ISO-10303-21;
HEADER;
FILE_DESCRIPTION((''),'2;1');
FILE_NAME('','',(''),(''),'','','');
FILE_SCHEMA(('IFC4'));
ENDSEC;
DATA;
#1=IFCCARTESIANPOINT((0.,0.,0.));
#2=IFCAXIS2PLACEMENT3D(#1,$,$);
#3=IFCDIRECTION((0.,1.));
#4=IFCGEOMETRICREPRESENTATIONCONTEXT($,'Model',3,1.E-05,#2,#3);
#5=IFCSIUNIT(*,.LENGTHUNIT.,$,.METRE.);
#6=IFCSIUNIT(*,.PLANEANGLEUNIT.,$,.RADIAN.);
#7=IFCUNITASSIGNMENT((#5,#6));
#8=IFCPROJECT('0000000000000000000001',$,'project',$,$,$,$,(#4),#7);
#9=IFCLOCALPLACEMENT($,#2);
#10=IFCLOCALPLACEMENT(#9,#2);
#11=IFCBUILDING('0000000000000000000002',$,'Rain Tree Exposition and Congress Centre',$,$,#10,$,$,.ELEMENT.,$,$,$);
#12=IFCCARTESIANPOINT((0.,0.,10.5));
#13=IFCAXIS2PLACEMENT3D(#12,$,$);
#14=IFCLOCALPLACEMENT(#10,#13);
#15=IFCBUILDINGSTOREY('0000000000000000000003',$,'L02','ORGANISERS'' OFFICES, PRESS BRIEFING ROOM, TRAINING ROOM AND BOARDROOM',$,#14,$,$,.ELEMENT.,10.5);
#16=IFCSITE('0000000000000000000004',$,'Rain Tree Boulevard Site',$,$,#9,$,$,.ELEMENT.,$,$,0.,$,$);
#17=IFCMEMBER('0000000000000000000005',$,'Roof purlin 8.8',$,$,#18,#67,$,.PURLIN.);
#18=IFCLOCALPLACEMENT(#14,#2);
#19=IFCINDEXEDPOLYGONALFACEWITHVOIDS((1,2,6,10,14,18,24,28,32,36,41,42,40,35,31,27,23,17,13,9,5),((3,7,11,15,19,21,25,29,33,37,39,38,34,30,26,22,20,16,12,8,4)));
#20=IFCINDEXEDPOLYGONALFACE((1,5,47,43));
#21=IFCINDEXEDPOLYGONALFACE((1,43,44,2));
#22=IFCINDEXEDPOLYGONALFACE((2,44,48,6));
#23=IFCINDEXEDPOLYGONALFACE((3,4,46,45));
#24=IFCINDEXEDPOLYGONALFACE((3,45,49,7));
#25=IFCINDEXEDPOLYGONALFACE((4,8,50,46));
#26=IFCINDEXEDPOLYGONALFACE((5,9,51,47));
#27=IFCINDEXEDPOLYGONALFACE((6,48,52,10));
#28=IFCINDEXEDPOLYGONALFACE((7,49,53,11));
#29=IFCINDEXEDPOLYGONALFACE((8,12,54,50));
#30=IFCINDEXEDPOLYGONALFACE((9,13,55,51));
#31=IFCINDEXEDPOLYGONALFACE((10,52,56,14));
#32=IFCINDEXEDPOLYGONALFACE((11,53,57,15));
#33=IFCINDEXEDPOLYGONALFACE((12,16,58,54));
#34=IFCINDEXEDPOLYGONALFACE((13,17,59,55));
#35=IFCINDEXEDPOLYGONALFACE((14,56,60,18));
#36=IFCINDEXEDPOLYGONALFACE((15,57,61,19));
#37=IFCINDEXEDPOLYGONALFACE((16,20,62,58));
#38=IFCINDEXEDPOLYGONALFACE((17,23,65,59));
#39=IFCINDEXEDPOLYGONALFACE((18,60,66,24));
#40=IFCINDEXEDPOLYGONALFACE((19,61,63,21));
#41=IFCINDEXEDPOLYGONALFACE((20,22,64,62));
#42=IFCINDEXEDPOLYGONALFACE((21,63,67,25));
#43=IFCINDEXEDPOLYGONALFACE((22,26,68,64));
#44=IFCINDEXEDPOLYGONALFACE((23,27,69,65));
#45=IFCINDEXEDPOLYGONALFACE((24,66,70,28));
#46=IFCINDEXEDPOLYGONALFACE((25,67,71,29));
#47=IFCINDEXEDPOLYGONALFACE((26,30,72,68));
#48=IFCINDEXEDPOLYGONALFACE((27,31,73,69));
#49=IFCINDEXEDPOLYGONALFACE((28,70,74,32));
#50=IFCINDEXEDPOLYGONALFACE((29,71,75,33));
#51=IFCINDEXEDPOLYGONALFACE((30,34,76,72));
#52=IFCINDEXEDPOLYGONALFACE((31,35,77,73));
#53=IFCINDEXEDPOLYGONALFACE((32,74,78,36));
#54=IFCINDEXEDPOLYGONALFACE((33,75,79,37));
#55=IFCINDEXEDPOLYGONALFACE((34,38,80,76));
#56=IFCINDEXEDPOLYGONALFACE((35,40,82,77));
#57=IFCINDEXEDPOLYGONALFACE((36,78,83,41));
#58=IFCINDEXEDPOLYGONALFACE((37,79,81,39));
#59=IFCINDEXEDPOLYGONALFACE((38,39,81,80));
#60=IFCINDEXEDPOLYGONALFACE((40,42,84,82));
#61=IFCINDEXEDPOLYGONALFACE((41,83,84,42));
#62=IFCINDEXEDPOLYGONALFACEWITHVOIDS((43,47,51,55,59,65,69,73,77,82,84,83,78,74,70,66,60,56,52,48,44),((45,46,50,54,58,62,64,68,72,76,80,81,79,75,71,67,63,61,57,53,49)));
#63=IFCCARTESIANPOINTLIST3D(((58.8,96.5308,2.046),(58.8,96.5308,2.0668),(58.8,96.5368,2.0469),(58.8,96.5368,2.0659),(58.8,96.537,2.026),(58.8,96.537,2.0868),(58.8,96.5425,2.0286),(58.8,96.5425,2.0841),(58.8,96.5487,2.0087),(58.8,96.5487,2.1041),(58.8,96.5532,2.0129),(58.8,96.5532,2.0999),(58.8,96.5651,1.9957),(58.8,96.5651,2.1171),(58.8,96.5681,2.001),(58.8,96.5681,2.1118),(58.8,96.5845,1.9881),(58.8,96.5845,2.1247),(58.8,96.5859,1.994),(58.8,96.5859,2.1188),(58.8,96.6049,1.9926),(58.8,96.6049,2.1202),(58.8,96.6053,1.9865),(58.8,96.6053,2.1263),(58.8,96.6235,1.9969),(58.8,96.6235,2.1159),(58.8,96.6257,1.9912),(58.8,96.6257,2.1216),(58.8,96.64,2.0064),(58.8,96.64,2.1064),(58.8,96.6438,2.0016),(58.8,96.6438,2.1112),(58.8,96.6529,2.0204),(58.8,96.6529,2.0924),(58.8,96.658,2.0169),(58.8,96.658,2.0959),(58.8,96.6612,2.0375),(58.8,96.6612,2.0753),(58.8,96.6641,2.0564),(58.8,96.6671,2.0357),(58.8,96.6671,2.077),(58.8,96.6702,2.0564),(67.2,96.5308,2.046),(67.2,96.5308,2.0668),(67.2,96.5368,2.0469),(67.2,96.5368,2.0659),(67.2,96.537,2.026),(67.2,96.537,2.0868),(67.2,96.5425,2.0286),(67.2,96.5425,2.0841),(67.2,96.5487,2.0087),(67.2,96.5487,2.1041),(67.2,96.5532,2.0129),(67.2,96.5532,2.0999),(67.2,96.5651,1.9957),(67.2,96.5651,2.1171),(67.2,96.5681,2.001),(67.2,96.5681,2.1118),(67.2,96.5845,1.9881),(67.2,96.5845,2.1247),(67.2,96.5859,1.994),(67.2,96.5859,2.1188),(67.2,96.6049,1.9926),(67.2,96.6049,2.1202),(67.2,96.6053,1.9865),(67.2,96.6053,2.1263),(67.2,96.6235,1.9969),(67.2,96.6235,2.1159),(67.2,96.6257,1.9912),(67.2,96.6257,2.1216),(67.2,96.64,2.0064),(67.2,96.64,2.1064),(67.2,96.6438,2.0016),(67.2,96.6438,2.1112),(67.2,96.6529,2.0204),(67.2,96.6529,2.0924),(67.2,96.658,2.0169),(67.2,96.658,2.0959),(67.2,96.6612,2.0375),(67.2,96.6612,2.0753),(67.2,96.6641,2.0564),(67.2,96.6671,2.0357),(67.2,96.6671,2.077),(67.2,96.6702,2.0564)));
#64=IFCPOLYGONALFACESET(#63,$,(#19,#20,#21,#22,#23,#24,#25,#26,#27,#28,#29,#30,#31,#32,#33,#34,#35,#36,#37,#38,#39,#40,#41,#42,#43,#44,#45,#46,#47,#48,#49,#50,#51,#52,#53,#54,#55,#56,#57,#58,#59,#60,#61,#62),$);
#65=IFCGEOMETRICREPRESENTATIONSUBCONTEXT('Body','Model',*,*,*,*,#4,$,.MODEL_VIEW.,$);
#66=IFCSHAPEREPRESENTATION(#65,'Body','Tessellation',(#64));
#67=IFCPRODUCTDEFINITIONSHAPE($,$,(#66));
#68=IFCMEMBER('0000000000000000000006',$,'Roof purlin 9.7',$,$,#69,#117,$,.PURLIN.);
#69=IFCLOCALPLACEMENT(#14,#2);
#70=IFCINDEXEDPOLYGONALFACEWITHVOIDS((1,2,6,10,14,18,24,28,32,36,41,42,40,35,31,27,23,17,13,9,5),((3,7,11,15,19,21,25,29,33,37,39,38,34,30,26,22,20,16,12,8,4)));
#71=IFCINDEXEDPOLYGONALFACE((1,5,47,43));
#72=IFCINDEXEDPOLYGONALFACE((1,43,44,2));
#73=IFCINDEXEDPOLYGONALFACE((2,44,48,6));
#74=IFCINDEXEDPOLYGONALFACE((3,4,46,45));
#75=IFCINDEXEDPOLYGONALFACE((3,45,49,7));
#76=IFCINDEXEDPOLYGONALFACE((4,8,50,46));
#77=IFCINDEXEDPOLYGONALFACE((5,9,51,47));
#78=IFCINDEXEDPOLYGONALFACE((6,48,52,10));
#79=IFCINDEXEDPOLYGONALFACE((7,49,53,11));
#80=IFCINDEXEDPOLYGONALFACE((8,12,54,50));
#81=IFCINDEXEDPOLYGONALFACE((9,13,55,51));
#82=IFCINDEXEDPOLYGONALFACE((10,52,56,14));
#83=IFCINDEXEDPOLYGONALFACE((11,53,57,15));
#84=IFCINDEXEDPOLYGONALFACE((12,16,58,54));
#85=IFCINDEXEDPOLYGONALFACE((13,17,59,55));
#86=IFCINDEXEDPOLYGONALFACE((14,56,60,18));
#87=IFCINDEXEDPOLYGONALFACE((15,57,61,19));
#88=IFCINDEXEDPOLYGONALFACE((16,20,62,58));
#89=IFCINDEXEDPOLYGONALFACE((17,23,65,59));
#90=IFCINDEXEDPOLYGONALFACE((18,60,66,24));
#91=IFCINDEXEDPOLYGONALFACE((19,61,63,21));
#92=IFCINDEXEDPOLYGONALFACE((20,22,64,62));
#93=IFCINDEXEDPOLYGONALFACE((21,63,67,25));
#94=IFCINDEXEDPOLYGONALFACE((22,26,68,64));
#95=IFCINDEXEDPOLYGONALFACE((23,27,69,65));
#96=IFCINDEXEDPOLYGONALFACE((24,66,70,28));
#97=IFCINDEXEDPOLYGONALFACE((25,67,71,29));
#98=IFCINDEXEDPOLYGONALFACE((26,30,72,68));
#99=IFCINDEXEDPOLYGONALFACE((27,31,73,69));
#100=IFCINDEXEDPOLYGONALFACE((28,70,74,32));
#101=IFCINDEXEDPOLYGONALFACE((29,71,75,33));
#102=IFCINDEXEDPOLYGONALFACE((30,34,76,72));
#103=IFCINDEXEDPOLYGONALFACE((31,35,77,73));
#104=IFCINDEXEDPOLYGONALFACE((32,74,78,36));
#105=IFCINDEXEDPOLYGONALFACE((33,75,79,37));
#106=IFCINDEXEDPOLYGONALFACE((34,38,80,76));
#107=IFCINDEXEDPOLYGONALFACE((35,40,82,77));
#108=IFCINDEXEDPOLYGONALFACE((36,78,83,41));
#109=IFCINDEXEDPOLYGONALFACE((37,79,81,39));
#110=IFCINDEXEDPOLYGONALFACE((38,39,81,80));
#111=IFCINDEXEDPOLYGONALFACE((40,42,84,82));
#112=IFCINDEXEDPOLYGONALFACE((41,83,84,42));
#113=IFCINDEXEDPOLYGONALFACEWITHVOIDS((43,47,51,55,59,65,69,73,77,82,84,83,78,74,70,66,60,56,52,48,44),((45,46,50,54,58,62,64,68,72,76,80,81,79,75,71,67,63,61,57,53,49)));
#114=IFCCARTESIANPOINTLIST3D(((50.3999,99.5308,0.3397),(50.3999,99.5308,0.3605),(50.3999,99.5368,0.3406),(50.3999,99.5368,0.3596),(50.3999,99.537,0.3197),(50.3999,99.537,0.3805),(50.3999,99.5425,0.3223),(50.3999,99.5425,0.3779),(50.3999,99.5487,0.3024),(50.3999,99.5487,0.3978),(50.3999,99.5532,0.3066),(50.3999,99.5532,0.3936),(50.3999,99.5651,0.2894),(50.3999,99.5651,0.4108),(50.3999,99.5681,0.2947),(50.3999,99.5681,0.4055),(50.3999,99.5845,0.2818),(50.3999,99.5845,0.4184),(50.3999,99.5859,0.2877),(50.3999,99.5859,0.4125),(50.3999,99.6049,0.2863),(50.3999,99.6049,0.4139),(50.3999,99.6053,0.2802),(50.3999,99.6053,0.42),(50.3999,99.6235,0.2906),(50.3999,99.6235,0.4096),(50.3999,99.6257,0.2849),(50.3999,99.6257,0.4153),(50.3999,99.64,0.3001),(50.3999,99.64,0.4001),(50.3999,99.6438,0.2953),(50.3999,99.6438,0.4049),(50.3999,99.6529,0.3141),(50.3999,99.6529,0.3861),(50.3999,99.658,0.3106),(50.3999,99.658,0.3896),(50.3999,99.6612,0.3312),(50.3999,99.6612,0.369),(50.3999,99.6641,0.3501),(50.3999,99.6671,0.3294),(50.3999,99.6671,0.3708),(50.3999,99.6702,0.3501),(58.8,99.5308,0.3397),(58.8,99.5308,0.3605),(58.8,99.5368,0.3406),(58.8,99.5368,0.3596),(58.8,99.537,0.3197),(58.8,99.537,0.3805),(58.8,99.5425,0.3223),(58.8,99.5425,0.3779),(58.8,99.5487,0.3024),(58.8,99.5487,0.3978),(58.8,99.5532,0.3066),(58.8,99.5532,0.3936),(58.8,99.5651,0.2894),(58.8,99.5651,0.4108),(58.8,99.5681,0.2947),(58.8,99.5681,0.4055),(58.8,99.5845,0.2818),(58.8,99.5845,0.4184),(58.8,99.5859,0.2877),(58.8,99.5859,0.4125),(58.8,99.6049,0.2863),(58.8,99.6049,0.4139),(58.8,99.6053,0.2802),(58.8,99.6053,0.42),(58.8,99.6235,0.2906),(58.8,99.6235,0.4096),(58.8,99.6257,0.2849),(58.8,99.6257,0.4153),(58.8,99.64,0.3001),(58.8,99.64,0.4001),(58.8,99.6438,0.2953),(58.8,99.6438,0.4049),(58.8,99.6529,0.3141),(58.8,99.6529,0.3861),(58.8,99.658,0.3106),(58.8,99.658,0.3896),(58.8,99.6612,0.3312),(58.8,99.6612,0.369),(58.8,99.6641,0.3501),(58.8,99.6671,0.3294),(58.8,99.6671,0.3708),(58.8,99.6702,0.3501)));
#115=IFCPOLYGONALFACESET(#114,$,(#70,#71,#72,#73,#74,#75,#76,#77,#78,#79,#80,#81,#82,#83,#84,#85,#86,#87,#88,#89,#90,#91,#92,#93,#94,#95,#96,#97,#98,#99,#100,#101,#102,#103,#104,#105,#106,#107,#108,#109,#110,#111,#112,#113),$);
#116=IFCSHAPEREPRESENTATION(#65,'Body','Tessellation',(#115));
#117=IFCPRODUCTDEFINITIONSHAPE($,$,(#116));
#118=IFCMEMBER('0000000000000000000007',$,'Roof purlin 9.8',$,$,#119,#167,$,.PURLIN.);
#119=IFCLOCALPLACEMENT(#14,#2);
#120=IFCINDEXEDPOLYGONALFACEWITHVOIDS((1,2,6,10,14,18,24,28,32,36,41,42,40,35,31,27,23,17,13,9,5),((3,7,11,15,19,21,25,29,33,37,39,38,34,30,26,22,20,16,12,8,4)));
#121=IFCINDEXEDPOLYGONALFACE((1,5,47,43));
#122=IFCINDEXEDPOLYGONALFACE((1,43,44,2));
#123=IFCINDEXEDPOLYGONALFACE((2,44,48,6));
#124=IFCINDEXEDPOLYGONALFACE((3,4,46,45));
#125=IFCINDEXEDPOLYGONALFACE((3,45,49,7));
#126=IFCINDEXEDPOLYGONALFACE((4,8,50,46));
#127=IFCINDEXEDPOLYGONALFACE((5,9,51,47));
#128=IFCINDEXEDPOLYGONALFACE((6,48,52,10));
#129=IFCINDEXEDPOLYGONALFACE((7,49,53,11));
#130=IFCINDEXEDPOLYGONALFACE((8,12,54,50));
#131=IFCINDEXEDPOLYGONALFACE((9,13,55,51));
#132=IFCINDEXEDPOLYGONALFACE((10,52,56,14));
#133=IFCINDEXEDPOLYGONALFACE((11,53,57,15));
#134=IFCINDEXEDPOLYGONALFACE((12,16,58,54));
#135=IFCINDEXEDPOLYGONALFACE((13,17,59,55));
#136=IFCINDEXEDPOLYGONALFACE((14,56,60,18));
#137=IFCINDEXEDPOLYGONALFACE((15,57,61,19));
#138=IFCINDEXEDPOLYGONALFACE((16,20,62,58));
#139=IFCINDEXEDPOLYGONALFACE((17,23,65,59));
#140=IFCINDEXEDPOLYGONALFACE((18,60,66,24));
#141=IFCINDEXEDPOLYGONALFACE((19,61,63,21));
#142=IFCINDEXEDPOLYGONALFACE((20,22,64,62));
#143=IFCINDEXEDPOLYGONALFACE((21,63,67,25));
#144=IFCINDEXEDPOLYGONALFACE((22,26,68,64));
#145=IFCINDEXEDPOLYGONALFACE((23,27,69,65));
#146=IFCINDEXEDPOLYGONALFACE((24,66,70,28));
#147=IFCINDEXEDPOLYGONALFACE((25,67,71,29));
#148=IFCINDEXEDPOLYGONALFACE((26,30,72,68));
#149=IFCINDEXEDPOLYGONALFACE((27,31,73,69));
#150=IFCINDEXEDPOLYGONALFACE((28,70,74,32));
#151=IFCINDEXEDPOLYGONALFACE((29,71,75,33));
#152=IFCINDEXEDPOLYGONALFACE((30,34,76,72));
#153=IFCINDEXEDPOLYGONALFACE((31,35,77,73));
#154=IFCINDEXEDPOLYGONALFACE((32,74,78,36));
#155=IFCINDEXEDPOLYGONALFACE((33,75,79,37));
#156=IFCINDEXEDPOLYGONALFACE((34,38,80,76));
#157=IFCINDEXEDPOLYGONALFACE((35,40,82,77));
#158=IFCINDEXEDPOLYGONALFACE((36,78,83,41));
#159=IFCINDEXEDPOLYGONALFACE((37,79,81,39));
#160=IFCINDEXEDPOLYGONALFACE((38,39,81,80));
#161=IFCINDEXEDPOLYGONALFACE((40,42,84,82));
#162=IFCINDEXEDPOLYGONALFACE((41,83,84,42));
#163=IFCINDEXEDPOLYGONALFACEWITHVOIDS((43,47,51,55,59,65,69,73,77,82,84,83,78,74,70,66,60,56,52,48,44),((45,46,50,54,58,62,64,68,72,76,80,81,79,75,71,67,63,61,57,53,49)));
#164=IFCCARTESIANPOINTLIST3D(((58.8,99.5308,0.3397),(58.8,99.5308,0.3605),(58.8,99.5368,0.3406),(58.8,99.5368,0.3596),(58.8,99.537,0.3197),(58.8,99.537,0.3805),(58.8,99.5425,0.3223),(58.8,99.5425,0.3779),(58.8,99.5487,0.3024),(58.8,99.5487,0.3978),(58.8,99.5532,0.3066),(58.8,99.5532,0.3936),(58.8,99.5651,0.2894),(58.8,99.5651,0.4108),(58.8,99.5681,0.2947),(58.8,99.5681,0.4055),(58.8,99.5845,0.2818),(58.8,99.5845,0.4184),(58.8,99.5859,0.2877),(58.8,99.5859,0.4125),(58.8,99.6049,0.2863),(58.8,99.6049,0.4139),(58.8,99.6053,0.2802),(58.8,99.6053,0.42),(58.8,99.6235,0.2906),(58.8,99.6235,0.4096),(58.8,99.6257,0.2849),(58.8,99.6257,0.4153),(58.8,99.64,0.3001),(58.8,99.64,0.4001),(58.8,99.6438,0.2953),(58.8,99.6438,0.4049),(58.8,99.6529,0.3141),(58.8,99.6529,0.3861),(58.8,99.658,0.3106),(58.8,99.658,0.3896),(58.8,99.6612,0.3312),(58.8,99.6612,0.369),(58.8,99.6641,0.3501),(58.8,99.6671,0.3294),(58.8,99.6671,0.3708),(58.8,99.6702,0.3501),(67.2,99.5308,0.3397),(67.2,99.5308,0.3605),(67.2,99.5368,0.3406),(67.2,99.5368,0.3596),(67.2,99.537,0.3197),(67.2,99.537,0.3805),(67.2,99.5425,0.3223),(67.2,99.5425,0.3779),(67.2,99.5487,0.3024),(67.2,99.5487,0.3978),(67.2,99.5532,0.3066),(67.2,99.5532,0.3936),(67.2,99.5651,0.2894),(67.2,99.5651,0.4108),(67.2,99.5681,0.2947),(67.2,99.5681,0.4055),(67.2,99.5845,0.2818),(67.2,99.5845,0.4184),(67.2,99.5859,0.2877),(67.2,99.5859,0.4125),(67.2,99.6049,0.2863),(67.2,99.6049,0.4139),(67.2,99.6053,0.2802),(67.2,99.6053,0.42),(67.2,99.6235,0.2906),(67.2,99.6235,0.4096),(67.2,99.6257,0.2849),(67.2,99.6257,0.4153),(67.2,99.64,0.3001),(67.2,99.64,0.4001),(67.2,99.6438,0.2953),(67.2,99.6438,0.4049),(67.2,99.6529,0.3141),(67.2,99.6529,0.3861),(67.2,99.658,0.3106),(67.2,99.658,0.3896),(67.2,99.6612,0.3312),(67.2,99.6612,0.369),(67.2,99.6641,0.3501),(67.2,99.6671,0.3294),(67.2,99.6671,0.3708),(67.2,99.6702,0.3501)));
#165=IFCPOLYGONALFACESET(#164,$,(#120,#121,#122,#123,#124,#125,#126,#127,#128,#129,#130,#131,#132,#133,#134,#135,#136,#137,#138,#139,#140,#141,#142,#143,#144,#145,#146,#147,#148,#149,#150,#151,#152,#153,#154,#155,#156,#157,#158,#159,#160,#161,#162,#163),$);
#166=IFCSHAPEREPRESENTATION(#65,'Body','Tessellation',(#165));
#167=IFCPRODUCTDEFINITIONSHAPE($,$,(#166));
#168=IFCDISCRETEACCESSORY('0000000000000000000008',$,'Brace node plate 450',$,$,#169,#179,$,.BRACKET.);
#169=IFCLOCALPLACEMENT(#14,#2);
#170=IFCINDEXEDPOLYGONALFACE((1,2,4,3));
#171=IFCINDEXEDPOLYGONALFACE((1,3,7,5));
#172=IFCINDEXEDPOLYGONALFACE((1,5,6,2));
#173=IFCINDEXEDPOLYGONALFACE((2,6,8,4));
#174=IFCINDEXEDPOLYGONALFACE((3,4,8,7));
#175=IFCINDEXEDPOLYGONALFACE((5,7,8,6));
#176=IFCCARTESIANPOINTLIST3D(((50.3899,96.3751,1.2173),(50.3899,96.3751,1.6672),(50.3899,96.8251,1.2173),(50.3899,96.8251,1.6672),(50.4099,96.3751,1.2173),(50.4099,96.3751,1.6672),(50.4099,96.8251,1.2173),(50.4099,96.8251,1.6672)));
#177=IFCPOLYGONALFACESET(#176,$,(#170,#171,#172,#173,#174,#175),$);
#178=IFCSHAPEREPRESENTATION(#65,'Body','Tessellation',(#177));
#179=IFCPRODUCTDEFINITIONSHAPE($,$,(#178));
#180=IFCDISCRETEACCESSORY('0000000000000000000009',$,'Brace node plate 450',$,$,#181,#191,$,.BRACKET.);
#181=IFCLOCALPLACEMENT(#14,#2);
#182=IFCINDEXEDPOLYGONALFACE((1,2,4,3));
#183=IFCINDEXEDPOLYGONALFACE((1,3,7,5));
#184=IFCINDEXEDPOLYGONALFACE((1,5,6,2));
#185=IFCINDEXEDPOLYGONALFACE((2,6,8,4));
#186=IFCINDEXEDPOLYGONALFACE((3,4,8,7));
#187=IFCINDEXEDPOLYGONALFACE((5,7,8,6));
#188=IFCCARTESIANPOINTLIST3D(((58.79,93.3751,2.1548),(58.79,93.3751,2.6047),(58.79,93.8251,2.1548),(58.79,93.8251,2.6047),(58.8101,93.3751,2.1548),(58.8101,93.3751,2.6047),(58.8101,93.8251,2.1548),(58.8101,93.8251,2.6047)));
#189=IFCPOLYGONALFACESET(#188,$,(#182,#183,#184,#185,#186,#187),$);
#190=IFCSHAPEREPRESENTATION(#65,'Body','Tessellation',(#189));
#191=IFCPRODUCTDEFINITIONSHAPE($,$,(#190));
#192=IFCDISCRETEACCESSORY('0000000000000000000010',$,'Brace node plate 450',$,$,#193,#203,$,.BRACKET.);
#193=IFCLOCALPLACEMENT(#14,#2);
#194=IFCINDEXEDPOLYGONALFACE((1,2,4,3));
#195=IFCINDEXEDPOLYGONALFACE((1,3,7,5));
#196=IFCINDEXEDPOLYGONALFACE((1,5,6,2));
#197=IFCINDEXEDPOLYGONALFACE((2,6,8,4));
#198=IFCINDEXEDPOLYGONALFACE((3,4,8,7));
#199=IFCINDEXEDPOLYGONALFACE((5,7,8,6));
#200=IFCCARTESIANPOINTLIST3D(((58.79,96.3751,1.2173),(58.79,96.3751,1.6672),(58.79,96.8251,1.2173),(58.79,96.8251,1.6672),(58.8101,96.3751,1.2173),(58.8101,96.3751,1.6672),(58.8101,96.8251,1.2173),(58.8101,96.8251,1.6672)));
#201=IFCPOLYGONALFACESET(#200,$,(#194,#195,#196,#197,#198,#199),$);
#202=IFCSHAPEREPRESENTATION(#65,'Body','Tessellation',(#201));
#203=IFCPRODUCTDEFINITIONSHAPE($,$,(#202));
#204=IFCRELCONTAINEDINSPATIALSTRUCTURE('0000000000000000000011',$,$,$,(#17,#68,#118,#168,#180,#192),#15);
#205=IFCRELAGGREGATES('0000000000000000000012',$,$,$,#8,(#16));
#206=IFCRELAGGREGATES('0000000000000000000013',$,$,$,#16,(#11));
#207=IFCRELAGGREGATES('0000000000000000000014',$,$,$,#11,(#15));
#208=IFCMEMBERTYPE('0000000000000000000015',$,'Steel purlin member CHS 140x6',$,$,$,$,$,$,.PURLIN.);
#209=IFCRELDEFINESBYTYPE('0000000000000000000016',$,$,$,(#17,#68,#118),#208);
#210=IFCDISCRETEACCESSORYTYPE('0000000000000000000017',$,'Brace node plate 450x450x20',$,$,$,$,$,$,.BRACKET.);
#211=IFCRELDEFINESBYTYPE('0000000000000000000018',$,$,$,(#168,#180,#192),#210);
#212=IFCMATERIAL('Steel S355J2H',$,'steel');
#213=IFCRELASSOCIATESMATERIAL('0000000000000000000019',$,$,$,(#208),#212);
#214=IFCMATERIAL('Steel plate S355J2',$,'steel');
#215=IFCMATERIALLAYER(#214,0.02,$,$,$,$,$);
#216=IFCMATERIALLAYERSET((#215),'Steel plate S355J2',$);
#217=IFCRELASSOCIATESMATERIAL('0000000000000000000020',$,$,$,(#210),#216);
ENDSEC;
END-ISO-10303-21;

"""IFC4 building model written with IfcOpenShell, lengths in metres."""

from ifc_helpers import new_model, si_unit, direction, frame, origin, origin_2d, place, context, subcontext, project, spatial, rectangle, hollow_circle, extrude, material, layer, layer_set, material_profile, profile_set, type_object, element, save


model = new_model("IFC4")

# Units and contexts
model_context = context("Model", 3, precision=1e-05, world=origin(), true_north=direction((0.0, 1.0)))
body_context = subcontext(model_context, "Body", "Model", "MODEL_VIEW")
ifc_project = project(units=[si_unit("LENGTHUNIT", "METRE"), si_unit("PLANEANGLEUNIT", "RADIAN")], contexts=[model_context])

# Site, building, storey
site_placement = place(None, origin())
site = spatial("IfcSite", under=ifc_project, at=site_placement, Name="Rain Tree Boulevard Site", CompositionType="ELEMENT", RefElevation=0.0)
building_placement = place(site_placement, origin())
building = spatial("IfcBuilding", under=site, at=building_placement, Name="Rain Tree Exposition and Congress Centre", CompositionType="ELEMENT")
storey_placement = place(building_placement, frame((0.0, 0.0, 10.5)))
storey = spatial("IfcBuildingStorey", under=building, at=storey_placement, Name="L02", Description="ORGANISERS' OFFICES, PRESS BRIEFING ROOM, TRAINING ROOM AND BOARDROOM", CompositionType="ELEMENT", Elevation=10.5)

# Members
ifc_material_1 = material(Name="Steel S355J2H", Category="steel")
ifc_material_profile_1 = material_profile(ifc_material_1, hollow_circle(Radius=0.0701, WallThickness=0.0061, at=origin_2d()), Name="CHS 140x6")
ifc_profile_set_1 = profile_set([ifc_material_profile_1], Name="Steel S355J2H")
member_type_1 = type_object("IfcMemberType", Name="Steel purlin member CHS 140x6", PredefinedType="PURLIN", material=ifc_profile_set_1)
for number, where, z_axis, x_axis, name in (
    (1, (58.8, 96.6001, 2.0564), (1.0, 0.0, 0.0), (0.0, 1.0, 0.0), "Roof purlin 8.8"),
):
    element("IfcMember", number, at=place(storey_placement, frame(where, z_axis=z_axis, x_axis=x_axis)), inside=storey, type_object=member_type_1, Name=name, PredefinedType="PURLIN", context=body_context, shape_type="SweptSolid", body=[
        extrude(hollow_circle(Radius=0.0701, WallThickness=0.0061, at=origin_2d()), origin(), (0.0, 0.0, 1.0), 8.3999),
    ])
member_1_placement = place(storey_placement, frame((50.3999, 99.6001, 0.3501), z_axis=(1.0, 0.0, 0.0), x_axis=(0.0, 1.0, 0.0)))
element("IfcMember", 2, at=member_1_placement, inside=storey, type_object=member_type_1, Name="Roof purlin 9.7", PredefinedType="PURLIN", context=body_context, shape_type="SweptSolid", body=[
    extrude(hollow_circle(Radius=0.0701, WallThickness=0.0061, at=origin_2d()), origin(), (0.0, 0.0, 1.0), 8.4001),
])
member_2_placement = place(storey_placement, frame((58.8, 99.6001, 0.3501), z_axis=(1.0, 0.0, 0.0), x_axis=(0.0, 1.0, 0.0)))
element("IfcMember", 3, at=member_2_placement, inside=storey, type_object=member_type_1, Name="Roof purlin 9.8", PredefinedType="PURLIN", context=body_context, shape_type="SweptSolid", body=[
    extrude(hollow_circle(Radius=0.0701, WallThickness=0.0061, at=origin_2d()), origin(), (0.0, 0.0, 1.0), 8.3999),
])

# Discrete accessories
ifc_material_2 = material(Name="Steel plate S355J2", Category="steel")
ifc_layer_1 = layer(ifc_material_2, 0.02)
ifc_layer_set_1 = layer_set([ifc_layer_1], Name="Steel plate S355J2")
discrete_accessory_type_1 = type_object("IfcDiscreteAccessoryType", Name="Brace node plate 450x450x20", PredefinedType="BRACKET", material=ifc_layer_set_1)
for number, where, z_axis, x_axis, name in (
    (4, (50.3999, 96.6001, 1.2173), (0.0, 0.0, 1.0), (0.0, -1.0, 0.0), "Brace node plate 450"),
    (5, (58.8, 93.6001, 2.1548), (0.0, 0.0, 1.0), (0.0, -1.0, 0.0), "Brace node plate 450"),
    (6, (58.8, 96.6001, 1.2173), (0.0, 0.0, 1.0), (0.0, -1.0, 0.0), "Brace node plate 450"),
):
    element("IfcDiscreteAccessory", number, at=place(storey_placement, frame(where, z_axis=z_axis, x_axis=x_axis)), inside=storey, type_object=discrete_accessory_type_1, Name=name, PredefinedType="BRACKET", context=body_context, shape_type="SweptSolid", body=[
        extrude(rectangle(XDim=0.45, YDim=0.02, at=origin_2d()), origin(), (0.0, 0.0, 1.0), 0.45),
    ])

save(model, "model.ifc")
